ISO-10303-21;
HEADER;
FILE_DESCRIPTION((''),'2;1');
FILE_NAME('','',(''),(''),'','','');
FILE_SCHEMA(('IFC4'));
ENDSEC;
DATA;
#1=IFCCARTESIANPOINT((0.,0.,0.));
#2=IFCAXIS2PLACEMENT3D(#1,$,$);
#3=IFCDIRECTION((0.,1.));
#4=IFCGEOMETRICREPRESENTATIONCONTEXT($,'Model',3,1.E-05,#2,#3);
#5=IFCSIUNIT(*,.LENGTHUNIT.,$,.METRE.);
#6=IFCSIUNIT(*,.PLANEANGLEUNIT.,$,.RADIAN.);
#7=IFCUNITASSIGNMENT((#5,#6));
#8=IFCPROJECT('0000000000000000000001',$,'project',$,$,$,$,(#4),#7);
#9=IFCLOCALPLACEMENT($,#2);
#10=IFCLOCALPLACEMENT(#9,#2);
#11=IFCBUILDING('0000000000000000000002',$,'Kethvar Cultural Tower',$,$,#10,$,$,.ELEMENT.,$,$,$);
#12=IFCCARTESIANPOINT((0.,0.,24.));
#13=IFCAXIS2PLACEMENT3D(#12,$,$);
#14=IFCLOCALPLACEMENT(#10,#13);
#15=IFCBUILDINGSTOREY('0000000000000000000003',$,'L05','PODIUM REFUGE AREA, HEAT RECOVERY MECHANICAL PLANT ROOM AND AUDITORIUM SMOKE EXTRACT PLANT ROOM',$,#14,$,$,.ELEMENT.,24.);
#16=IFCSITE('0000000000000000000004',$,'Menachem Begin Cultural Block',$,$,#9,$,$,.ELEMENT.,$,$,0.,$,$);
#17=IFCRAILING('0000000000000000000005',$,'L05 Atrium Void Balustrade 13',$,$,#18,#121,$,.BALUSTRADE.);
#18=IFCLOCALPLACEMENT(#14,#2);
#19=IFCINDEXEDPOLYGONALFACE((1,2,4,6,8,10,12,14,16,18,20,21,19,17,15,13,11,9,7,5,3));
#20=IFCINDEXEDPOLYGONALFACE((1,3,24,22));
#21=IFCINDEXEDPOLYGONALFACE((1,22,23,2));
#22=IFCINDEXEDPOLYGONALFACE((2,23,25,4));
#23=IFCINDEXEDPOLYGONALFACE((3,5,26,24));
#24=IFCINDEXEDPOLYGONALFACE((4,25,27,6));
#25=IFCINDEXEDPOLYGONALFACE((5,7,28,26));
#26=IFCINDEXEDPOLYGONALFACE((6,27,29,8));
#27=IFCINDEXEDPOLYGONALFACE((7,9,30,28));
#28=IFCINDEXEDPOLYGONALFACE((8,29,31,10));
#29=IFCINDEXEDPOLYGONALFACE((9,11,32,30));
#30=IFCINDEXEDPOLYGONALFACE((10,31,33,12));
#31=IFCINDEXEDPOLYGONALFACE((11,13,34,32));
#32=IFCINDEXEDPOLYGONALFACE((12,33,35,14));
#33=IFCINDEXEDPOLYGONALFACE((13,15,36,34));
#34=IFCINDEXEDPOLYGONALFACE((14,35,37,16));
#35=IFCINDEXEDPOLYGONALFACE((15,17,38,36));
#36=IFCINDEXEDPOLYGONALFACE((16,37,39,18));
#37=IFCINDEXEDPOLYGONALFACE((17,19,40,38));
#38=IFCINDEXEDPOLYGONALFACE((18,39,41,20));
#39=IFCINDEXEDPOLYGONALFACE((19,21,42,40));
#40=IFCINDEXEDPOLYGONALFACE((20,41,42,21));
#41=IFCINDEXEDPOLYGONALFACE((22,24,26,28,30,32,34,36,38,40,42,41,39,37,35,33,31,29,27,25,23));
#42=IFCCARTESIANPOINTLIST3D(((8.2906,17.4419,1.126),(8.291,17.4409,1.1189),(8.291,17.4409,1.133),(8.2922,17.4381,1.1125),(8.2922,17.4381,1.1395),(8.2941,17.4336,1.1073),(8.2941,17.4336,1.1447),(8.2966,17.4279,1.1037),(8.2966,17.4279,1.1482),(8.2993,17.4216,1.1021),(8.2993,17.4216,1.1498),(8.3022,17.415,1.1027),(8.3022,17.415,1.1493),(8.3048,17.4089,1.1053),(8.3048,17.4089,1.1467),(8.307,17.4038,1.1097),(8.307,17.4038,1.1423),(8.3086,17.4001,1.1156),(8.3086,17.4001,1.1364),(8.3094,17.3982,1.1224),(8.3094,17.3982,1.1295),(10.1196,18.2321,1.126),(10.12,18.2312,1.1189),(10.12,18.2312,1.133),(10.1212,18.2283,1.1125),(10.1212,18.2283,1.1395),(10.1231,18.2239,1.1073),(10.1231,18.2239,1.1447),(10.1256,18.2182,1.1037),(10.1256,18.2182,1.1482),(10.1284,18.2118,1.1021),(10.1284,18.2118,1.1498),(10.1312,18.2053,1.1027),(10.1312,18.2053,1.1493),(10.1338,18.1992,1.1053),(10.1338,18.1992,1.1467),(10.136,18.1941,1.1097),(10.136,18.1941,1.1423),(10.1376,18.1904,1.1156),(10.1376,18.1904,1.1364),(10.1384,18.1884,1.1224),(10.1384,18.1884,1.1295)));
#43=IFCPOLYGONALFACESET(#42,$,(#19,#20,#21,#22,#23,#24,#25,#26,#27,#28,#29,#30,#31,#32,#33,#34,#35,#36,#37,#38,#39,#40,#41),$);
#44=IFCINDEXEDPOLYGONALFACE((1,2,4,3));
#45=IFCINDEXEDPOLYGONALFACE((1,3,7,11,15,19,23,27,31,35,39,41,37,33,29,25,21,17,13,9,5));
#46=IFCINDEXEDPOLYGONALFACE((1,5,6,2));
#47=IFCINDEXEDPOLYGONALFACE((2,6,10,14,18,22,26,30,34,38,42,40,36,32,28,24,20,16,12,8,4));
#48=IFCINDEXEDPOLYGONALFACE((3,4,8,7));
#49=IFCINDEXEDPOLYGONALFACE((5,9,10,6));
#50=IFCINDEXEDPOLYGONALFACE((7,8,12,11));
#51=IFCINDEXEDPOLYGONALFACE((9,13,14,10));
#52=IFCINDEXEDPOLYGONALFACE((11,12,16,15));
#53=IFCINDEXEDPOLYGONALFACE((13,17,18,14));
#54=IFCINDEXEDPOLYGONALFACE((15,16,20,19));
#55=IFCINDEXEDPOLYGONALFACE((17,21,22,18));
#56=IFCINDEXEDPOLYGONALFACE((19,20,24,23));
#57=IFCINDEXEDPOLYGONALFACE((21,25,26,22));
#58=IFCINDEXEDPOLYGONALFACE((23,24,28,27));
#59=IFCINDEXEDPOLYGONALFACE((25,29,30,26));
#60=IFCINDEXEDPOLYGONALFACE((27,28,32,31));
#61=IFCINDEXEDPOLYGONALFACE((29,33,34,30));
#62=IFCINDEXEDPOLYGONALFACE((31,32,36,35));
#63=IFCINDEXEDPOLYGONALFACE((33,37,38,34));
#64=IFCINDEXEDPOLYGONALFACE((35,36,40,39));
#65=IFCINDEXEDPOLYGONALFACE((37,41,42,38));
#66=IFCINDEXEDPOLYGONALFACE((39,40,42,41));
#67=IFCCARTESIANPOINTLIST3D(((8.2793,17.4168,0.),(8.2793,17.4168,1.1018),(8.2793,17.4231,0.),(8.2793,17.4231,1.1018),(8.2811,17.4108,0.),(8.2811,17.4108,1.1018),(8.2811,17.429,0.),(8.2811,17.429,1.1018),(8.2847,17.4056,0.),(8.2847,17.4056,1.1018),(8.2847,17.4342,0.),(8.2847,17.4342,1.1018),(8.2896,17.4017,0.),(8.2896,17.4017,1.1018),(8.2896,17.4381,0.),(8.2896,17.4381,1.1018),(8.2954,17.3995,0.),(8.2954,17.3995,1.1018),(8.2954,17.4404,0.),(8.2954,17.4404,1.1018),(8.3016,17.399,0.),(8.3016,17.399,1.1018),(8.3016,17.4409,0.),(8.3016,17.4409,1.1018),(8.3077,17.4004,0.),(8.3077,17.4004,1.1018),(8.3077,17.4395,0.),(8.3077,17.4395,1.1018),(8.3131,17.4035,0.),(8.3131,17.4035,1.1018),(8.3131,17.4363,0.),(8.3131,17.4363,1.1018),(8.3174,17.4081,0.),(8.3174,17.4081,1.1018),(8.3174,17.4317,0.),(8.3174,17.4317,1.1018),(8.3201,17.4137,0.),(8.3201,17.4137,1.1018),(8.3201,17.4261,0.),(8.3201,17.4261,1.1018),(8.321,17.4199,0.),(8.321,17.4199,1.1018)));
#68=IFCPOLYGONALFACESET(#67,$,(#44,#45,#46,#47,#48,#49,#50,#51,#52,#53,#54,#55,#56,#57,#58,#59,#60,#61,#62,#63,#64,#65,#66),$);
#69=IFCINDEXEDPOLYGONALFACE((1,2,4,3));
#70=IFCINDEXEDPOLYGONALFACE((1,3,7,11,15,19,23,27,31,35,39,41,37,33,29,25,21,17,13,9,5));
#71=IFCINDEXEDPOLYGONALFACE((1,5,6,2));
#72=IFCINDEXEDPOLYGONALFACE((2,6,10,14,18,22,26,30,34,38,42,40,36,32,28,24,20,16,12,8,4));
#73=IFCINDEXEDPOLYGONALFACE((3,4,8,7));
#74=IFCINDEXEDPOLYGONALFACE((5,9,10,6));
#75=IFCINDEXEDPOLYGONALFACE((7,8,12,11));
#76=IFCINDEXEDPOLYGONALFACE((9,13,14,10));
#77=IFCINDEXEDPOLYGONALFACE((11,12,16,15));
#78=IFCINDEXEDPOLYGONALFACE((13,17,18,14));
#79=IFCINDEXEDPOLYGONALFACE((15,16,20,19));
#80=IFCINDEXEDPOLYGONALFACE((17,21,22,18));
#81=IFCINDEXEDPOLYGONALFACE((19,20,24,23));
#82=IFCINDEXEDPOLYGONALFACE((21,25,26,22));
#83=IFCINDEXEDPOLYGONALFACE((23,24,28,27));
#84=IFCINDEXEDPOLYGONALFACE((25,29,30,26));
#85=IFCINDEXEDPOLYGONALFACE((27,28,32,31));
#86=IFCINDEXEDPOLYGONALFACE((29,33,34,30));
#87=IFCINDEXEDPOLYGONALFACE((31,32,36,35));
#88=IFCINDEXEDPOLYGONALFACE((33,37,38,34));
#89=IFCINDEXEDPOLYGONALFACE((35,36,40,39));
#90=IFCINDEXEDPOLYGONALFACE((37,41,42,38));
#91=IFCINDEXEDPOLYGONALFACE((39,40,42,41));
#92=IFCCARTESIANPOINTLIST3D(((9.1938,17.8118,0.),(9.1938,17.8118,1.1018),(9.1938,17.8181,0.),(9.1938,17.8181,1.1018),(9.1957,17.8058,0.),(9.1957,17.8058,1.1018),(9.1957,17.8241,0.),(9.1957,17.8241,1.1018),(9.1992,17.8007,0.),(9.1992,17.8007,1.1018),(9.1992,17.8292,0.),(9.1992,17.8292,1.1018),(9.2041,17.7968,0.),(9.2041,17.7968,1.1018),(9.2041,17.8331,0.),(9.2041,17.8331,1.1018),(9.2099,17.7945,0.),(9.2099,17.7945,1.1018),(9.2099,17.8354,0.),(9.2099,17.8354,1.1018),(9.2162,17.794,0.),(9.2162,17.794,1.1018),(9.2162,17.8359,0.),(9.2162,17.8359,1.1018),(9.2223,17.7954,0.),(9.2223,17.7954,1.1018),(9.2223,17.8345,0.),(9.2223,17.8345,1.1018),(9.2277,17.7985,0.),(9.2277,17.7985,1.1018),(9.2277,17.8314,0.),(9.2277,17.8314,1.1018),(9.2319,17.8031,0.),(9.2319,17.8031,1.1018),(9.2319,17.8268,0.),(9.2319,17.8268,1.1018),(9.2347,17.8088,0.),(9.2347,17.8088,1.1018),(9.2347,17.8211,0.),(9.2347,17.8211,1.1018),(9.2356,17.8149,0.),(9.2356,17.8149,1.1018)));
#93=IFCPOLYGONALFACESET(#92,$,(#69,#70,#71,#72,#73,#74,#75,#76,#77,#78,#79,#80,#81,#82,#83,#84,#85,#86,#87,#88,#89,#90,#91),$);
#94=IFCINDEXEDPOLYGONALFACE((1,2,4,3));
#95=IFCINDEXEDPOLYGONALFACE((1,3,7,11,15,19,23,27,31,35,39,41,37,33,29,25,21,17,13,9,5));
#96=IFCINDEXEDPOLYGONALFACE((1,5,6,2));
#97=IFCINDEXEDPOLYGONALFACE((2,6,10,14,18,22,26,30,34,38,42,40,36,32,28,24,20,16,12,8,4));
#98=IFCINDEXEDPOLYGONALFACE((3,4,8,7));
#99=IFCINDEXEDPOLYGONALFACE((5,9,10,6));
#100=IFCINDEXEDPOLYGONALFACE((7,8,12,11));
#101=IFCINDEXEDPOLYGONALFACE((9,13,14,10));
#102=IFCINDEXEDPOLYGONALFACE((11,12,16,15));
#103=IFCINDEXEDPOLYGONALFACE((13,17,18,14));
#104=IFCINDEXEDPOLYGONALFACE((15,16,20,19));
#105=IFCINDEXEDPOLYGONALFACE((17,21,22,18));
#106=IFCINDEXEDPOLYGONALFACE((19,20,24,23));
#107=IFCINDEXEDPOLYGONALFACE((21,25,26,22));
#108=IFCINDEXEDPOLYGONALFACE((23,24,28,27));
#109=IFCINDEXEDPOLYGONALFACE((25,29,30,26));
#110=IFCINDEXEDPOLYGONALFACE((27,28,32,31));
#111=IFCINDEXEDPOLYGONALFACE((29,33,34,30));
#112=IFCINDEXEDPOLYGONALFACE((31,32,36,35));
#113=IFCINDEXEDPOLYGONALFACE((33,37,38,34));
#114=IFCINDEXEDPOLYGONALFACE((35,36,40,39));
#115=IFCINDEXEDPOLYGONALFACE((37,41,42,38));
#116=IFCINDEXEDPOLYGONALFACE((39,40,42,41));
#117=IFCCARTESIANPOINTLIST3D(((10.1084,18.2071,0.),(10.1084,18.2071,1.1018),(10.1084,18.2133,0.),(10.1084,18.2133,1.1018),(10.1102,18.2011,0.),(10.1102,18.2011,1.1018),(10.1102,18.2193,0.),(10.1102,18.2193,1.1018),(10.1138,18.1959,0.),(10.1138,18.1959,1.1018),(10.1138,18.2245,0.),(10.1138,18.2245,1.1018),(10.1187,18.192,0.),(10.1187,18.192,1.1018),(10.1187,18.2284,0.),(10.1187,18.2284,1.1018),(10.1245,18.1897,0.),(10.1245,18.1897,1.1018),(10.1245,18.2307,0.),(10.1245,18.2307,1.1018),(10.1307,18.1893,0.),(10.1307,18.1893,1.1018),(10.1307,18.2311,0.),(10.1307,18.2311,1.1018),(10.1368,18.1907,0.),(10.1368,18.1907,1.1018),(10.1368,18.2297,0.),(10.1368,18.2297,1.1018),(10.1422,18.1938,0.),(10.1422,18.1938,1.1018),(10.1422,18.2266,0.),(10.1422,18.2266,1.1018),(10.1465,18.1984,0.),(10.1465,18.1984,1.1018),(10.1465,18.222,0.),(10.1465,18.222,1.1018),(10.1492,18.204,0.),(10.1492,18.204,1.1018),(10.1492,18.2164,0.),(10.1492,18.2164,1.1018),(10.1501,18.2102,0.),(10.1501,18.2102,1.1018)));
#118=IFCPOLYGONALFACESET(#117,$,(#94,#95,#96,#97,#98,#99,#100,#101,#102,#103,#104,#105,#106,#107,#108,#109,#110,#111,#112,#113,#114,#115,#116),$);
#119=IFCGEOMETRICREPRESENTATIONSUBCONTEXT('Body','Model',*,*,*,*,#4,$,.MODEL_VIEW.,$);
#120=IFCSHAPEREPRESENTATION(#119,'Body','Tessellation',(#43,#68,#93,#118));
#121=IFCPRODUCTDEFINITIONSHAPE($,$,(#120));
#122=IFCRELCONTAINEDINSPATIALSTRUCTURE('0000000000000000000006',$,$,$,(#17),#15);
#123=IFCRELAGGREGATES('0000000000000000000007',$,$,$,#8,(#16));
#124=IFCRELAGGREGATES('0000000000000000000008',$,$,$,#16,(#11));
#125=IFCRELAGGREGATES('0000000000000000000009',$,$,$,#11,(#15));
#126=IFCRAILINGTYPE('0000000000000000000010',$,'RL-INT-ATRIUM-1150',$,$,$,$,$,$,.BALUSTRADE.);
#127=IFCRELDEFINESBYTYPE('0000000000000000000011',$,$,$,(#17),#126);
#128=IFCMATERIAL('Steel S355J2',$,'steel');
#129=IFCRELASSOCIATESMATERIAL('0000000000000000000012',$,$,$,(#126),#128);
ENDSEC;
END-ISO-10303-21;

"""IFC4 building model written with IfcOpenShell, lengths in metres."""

from ifc_helpers import new_model, si_unit, direction, frame, origin, origin_2d, place, context, subcontext, project, spatial, circle, extrude, material, type_object, element, save


model = new_model("IFC4")

# Units and contexts
model_context = context("Model", 3, precision=1e-05, world=origin(), true_north=direction((0.0, 1.0)))
body_context = subcontext(model_context, "Body", "Model", "MODEL_VIEW")
ifc_project = project(units=[si_unit("LENGTHUNIT", "METRE"), si_unit("PLANEANGLEUNIT", "RADIAN")], contexts=[model_context])

# Site, building, storey
site_placement = place(None, origin())
site = spatial("IfcSite", under=ifc_project, at=site_placement, Name="Menachem Begin Cultural Block", CompositionType="ELEMENT", RefElevation=0.0)
building_placement = place(site_placement, origin())
building = spatial("IfcBuilding", under=site, at=building_placement, Name="Kethvar Cultural Tower", CompositionType="ELEMENT")
storey_placement = place(building_placement, frame((0.0, 0.0, 24.0)))
storey = spatial("IfcBuildingStorey", under=building, at=storey_placement, Name="L05", Description="PODIUM REFUGE AREA, HEAT RECOVERY MECHANICAL PLANT ROOM AND AUDITORIUM SMOKE EXTRACT PLANT ROOM", CompositionType="ELEMENT", Elevation=24.0)

# Shared definitions
ifc_material_1 = material(Name="Steel S355J2", Category="steel")

# Railing
railing_type = type_object("IfcRailingType", Name="RL-INT-ATRIUM-1150", PredefinedType="BALUSTRADE", material=ifc_material_1)
railing_1_placement = place(storey_placement, frame((8.3, 17.4199, 0.0)))
element("IfcRailing", 1, at=railing_1_placement, inside=storey, type_object=railing_type, Name="L05 Atrium Void Balustrade 13", PredefinedType="BALUSTRADE", context=body_context, shape_type="SweptSolid", body=[
    extrude(circle(Radius=0.0239, at=origin_2d()), frame((0.0, 0.0, 1.126), z_axis=(0.917981, 0.396624, 0.0), x_axis=(-0.396624, 0.917981, 0.0)), (0.0, 0.0, 1.0), 1.9924),
    extrude(circle(Radius=0.021, at=origin_2d()), origin(), (0.0, 0.0, 1.0), 1.1018),
    extrude(circle(Radius=0.021, at=origin_2d()), frame((0.9146, 0.395, 0.0)), (0.0, 0.0, 1.0), 1.1018),
    extrude(circle(Radius=0.021, at=origin_2d()), frame((1.8291, 0.7903, 0.0)), (0.0, 0.0, 1.0), 1.1018),
])

save(model, "model.ifc")
